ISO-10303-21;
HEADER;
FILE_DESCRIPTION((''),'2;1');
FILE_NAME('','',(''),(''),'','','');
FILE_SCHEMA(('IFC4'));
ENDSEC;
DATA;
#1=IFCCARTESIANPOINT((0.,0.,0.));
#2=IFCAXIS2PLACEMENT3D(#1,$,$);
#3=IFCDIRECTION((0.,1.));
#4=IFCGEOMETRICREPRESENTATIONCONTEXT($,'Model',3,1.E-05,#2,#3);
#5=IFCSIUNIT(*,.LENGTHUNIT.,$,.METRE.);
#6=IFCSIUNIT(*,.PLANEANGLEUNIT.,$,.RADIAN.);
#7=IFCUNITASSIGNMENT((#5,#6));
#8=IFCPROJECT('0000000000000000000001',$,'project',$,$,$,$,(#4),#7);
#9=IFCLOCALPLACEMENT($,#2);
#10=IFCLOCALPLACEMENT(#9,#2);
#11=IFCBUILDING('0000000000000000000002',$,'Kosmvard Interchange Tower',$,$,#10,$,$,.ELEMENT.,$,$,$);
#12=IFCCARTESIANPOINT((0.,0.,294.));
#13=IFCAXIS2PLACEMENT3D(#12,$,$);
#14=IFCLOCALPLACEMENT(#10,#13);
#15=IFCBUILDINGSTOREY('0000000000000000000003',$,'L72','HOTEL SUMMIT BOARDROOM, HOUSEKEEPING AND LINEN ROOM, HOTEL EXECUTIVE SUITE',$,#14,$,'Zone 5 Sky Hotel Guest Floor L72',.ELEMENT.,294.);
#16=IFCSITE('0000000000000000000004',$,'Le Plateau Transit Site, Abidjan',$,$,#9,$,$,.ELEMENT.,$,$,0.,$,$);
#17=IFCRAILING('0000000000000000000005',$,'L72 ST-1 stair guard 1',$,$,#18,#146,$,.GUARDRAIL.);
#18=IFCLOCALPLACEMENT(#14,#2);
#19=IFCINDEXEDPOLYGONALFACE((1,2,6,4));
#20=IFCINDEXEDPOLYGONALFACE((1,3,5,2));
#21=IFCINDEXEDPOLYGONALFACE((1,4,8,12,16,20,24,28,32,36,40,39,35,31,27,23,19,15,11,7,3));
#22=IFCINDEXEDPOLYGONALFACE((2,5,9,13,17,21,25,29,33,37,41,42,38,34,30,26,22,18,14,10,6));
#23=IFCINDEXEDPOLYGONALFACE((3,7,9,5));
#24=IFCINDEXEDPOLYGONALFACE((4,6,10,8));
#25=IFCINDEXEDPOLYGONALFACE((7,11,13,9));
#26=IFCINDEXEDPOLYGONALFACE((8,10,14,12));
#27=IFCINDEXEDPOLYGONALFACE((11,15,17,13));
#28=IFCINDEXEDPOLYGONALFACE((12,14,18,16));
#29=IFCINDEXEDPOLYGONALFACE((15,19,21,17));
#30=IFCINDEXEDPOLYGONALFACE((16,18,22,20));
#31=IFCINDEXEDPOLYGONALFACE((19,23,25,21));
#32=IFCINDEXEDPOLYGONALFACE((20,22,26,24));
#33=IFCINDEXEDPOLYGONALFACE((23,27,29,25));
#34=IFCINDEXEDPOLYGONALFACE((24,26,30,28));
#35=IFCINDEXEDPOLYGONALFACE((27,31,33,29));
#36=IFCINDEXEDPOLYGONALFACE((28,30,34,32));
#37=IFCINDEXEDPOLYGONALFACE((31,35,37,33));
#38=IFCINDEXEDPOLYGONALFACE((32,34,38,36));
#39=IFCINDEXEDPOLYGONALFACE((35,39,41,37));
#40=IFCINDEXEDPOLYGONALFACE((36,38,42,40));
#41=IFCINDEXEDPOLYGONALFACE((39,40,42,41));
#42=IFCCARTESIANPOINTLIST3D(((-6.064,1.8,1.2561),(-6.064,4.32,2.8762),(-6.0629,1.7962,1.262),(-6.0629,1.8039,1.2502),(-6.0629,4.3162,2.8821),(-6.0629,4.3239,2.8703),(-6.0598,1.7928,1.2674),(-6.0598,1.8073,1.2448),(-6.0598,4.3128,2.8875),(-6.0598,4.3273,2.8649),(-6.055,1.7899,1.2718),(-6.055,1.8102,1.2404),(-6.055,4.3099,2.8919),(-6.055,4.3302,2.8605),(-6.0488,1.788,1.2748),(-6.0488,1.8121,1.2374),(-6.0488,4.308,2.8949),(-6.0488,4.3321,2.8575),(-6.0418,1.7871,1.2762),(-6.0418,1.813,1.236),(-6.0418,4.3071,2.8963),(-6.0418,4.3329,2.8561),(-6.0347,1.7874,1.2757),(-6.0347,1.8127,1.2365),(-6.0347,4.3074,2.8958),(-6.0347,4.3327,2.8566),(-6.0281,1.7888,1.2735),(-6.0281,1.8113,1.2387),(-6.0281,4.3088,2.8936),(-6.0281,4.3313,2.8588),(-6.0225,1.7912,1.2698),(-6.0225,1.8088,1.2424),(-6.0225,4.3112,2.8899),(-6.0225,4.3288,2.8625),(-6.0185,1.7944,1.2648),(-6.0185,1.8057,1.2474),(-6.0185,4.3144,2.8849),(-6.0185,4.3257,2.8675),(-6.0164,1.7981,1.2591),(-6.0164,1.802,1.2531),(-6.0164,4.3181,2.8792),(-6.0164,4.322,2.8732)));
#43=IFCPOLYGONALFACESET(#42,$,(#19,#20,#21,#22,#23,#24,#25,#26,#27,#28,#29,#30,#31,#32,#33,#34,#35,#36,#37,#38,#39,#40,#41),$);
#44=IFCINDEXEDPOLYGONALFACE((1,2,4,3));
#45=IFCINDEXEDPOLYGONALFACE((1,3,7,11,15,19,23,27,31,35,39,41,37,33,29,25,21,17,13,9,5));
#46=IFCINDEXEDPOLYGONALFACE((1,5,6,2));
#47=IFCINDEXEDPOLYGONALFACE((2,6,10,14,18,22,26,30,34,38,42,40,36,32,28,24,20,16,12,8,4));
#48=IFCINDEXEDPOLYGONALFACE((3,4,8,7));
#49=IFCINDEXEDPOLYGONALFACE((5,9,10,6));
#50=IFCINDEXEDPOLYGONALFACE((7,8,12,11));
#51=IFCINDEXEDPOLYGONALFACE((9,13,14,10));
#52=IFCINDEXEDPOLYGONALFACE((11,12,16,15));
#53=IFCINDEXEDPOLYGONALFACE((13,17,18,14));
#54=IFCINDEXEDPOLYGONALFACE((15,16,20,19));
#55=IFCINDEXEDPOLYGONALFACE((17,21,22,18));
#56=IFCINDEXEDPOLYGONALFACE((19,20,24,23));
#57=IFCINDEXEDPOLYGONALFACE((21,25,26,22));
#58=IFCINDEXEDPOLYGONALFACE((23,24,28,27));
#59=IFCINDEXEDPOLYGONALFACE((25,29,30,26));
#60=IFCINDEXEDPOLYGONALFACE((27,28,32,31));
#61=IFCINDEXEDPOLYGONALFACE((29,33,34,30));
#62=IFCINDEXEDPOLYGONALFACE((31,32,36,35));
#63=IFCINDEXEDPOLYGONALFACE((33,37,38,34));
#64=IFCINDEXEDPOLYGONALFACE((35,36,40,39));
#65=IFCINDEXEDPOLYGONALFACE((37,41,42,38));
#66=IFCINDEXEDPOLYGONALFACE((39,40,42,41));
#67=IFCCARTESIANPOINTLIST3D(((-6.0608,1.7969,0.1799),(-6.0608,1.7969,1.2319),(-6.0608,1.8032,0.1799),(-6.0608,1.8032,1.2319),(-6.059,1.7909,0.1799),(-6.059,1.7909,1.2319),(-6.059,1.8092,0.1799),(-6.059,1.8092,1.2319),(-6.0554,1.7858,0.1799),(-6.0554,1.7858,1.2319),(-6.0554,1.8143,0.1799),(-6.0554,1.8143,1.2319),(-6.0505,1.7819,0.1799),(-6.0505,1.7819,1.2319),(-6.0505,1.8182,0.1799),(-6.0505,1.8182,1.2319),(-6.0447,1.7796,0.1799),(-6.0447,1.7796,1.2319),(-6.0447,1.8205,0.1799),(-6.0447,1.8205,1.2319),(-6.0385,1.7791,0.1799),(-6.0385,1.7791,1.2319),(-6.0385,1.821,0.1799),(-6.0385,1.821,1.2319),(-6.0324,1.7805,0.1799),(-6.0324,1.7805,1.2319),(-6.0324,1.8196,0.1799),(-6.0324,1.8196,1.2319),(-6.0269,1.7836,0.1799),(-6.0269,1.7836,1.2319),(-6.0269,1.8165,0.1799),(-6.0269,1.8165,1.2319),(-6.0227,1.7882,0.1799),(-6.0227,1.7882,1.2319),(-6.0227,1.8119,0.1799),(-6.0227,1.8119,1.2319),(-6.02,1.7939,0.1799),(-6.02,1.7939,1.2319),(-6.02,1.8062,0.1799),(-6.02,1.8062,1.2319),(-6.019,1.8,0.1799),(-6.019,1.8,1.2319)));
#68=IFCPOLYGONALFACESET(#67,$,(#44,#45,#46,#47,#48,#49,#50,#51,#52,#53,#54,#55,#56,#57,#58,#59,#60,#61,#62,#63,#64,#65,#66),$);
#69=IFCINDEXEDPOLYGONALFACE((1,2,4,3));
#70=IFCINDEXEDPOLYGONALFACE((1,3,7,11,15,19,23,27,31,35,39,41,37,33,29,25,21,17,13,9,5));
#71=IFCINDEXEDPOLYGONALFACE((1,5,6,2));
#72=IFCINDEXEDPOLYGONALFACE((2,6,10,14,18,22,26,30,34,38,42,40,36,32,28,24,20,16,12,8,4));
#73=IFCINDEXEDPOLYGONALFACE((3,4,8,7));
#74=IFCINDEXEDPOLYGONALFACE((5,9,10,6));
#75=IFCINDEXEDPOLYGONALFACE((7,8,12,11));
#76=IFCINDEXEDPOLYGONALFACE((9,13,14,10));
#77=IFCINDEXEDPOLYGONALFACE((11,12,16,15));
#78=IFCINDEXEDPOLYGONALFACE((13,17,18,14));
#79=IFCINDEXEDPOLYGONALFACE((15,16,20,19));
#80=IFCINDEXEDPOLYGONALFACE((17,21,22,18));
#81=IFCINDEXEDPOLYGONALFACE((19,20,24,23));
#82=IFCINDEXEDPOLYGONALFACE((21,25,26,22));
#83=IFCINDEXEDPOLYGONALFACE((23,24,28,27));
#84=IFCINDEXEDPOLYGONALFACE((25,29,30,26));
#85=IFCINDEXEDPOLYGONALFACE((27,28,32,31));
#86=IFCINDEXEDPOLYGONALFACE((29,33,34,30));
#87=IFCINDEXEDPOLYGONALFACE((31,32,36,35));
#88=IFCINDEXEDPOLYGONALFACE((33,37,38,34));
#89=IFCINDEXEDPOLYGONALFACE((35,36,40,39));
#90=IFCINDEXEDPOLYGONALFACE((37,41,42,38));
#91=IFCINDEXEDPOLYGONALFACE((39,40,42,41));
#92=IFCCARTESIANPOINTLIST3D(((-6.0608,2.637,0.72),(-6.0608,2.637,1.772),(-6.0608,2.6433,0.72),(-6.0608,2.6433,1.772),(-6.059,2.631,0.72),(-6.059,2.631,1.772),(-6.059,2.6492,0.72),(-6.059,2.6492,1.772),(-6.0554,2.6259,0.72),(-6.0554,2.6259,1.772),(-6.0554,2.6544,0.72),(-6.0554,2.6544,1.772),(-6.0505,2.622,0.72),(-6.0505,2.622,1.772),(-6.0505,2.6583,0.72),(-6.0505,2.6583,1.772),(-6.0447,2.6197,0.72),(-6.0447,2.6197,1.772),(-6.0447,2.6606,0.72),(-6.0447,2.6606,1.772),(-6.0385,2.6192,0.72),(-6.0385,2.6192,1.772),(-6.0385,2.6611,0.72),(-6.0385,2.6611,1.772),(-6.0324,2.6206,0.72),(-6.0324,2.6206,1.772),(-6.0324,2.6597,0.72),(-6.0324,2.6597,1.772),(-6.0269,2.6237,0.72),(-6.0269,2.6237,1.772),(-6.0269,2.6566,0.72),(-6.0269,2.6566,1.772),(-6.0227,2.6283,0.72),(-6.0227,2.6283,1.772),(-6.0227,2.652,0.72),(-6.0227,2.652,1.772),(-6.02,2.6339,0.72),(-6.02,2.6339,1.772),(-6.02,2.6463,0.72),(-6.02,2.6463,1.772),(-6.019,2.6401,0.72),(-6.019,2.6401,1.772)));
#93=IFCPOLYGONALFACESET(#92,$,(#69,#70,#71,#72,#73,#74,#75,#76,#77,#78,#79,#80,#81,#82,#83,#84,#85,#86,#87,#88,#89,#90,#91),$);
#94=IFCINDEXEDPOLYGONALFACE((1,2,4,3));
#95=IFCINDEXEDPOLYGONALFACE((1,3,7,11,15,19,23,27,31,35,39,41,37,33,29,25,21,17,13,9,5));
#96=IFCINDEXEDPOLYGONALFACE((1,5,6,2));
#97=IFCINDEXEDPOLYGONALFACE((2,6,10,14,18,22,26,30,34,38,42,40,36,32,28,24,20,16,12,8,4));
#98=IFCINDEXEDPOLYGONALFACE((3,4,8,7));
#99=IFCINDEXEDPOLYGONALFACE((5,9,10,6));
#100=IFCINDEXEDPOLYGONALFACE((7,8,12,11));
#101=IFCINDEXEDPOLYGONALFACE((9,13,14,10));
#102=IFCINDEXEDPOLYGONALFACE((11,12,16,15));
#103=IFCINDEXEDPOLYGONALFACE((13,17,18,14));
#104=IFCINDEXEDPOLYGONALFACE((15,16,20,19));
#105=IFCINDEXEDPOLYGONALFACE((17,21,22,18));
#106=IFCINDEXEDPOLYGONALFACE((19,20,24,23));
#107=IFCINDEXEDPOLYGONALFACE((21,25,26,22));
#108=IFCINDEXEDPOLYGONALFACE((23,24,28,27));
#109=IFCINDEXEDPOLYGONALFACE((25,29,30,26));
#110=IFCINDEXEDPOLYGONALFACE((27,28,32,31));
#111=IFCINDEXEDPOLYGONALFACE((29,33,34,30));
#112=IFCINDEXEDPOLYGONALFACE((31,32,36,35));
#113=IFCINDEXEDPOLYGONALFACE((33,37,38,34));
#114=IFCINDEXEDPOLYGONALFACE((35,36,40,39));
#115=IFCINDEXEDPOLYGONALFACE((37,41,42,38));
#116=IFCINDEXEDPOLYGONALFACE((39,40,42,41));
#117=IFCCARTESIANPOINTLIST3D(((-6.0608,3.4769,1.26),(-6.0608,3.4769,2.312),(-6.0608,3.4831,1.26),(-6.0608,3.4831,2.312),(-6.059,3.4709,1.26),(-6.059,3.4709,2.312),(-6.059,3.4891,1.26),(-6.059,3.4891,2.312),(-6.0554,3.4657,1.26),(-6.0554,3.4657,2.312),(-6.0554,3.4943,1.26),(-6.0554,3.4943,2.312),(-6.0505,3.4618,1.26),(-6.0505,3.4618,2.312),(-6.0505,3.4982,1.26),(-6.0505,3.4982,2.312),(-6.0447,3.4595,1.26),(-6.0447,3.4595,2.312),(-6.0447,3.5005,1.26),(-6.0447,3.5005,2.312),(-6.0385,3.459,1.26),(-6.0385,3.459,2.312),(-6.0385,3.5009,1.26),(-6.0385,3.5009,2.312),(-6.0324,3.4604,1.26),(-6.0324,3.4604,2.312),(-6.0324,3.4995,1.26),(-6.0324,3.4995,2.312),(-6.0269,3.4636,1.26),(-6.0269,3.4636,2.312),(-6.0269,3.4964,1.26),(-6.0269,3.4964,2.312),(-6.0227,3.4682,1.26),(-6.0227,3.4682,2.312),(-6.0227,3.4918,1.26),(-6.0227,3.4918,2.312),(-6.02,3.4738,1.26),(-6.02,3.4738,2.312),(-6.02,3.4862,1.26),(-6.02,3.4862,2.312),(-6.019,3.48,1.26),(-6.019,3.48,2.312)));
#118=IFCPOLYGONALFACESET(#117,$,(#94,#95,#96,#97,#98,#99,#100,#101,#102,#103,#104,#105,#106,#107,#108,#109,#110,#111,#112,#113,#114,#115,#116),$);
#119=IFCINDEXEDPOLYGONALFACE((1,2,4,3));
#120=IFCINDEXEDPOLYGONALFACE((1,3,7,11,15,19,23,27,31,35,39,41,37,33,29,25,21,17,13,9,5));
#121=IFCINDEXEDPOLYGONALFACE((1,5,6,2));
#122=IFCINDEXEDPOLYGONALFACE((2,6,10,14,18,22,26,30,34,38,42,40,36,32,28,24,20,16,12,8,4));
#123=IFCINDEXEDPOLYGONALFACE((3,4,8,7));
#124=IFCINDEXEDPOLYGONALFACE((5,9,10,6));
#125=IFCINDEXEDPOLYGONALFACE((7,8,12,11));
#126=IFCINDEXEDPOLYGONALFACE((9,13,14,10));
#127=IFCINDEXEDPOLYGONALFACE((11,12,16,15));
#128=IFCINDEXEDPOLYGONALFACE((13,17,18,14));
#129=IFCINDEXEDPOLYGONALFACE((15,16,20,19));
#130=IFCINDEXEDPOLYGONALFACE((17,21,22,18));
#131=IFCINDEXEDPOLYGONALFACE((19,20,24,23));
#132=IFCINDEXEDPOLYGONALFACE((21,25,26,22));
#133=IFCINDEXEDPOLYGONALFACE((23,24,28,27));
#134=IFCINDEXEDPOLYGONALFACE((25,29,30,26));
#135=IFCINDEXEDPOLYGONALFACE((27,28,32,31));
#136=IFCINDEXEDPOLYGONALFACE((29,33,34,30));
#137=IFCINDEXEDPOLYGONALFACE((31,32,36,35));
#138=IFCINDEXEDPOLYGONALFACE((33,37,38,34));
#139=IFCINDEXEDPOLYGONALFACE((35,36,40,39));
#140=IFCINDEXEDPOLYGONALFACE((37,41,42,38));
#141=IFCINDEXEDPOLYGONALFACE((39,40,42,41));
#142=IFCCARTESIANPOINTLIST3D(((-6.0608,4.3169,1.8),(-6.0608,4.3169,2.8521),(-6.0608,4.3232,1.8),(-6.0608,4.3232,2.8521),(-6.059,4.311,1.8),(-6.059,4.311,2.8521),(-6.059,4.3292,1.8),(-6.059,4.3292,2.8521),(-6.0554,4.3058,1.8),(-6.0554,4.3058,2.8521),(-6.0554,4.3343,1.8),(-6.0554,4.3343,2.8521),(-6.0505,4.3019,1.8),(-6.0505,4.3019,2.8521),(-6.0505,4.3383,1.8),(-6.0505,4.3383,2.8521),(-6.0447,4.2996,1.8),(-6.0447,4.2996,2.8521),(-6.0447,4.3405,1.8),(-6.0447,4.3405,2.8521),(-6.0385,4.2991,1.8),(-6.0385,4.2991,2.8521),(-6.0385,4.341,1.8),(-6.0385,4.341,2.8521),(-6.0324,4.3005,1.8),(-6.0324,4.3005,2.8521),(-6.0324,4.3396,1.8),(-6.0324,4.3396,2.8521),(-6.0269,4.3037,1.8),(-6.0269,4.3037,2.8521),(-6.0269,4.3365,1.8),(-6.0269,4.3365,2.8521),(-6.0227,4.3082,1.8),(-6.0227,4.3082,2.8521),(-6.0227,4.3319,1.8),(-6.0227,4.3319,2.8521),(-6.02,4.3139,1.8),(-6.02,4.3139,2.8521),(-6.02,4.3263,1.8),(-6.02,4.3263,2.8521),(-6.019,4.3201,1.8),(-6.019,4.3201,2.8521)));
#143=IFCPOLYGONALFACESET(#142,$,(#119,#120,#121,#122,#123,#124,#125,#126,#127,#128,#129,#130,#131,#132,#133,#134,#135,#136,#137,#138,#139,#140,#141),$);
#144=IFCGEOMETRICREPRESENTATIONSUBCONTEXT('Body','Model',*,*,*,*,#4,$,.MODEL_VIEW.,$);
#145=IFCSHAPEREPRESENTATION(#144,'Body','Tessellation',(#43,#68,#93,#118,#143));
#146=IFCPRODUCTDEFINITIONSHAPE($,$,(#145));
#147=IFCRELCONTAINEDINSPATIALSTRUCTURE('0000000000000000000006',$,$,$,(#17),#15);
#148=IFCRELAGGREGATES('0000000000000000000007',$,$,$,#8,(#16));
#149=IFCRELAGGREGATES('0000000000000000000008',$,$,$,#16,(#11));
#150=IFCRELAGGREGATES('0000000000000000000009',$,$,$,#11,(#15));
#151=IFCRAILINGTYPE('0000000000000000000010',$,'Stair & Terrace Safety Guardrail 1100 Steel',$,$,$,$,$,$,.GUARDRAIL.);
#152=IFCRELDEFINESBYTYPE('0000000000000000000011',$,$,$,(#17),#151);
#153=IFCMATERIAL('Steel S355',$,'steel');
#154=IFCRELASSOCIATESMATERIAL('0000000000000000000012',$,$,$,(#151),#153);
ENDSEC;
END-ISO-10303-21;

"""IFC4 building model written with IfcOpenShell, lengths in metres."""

from ifc_helpers import new_model, si_unit, direction, frame, origin, origin_2d, place, context, subcontext, project, spatial, circle, extrude, source, transform, mapped, material, type_object, element, save


model = new_model("IFC4")

# Units and contexts
model_context = context("Model", 3, precision=1e-05, world=origin(), true_north=direction((0.0, 1.0)))
body_context = subcontext(model_context, "Body", "Model", "MODEL_VIEW")
ifc_project = project(units=[si_unit("LENGTHUNIT", "METRE"), si_unit("PLANEANGLEUNIT", "RADIAN")], contexts=[model_context])

# Site, building, storey
site_placement = place(None, origin())
site = spatial("IfcSite", under=ifc_project, at=site_placement, Name="Le Plateau Transit Site, Abidjan", CompositionType="ELEMENT", RefElevation=0.0)
building_placement = place(site_placement, origin())
building = spatial("IfcBuilding", under=site, at=building_placement, Name="Kosmvard Interchange Tower", CompositionType="ELEMENT")
storey_placement = place(building_placement, frame((0.0, 0.0, 294.0)))
storey = spatial("IfcBuildingStorey", under=building, at=storey_placement, Name="L72", Description="HOTEL SUMMIT BOARDROOM, HOUSEKEEPING AND LINEN ROOM, HOTEL EXECUTIVE SUITE", LongName="Zone 5 Sky Hotel Guest Floor L72", CompositionType="ELEMENT", Elevation=294.0)

# Railing
ifc_material_1 = material(Name="Steel S355", Category="steel")
railing_type_1 = type_object("IfcRailingType", Name="Stair & Terrace Safety Guardrail 1100 Steel", PredefinedType="GUARDRAIL", material=ifc_material_1)
shared_shape_1 = source(origin(), body_context, "Body", "SweptSolid", [
    extrude(circle(Radius=0.0239, at=origin_2d()), frame((0.0, 0.0, 1.0762), z_axis=(0.0, 0.841163, 0.540782), x_axis=(-1.0, 0.0, 0.0)), (0.0, 0.0, 1.0), 2.9958),
    extrude(circle(Radius=0.021, at=origin_2d()), origin(), (0.0, 0.0, 1.0), 1.052),
    extrude(circle(Radius=0.021, at=origin_2d()), frame((0.0, 0.8401, 0.54)), (0.0, 0.0, 1.0), 1.052),
    extrude(circle(Radius=0.021, at=origin_2d()), frame((0.0, 1.6799, 1.0801)), (0.0, 0.0, 1.0), 1.052),
    extrude(circle(Radius=0.021, at=origin_2d()), frame((0.0, 2.52, 1.6201)), (0.0, 0.0, 1.0), 1.052),
])
railing_1_placement = place(storey_placement, frame((-6.04, 1.8, 0.1799)))
element("IfcRailing", 1, at=railing_1_placement, inside=storey, type_object=railing_type_1, Name="L72 ST-1 stair guard 1", PredefinedType="GUARDRAIL", context=body_context, shape_type="MappedRepresentation", body=[
    mapped(shared_shape_1, transform((0.0, 0.0, 0.0), scale=1.0)),
])

save(model, "model.ifc")
